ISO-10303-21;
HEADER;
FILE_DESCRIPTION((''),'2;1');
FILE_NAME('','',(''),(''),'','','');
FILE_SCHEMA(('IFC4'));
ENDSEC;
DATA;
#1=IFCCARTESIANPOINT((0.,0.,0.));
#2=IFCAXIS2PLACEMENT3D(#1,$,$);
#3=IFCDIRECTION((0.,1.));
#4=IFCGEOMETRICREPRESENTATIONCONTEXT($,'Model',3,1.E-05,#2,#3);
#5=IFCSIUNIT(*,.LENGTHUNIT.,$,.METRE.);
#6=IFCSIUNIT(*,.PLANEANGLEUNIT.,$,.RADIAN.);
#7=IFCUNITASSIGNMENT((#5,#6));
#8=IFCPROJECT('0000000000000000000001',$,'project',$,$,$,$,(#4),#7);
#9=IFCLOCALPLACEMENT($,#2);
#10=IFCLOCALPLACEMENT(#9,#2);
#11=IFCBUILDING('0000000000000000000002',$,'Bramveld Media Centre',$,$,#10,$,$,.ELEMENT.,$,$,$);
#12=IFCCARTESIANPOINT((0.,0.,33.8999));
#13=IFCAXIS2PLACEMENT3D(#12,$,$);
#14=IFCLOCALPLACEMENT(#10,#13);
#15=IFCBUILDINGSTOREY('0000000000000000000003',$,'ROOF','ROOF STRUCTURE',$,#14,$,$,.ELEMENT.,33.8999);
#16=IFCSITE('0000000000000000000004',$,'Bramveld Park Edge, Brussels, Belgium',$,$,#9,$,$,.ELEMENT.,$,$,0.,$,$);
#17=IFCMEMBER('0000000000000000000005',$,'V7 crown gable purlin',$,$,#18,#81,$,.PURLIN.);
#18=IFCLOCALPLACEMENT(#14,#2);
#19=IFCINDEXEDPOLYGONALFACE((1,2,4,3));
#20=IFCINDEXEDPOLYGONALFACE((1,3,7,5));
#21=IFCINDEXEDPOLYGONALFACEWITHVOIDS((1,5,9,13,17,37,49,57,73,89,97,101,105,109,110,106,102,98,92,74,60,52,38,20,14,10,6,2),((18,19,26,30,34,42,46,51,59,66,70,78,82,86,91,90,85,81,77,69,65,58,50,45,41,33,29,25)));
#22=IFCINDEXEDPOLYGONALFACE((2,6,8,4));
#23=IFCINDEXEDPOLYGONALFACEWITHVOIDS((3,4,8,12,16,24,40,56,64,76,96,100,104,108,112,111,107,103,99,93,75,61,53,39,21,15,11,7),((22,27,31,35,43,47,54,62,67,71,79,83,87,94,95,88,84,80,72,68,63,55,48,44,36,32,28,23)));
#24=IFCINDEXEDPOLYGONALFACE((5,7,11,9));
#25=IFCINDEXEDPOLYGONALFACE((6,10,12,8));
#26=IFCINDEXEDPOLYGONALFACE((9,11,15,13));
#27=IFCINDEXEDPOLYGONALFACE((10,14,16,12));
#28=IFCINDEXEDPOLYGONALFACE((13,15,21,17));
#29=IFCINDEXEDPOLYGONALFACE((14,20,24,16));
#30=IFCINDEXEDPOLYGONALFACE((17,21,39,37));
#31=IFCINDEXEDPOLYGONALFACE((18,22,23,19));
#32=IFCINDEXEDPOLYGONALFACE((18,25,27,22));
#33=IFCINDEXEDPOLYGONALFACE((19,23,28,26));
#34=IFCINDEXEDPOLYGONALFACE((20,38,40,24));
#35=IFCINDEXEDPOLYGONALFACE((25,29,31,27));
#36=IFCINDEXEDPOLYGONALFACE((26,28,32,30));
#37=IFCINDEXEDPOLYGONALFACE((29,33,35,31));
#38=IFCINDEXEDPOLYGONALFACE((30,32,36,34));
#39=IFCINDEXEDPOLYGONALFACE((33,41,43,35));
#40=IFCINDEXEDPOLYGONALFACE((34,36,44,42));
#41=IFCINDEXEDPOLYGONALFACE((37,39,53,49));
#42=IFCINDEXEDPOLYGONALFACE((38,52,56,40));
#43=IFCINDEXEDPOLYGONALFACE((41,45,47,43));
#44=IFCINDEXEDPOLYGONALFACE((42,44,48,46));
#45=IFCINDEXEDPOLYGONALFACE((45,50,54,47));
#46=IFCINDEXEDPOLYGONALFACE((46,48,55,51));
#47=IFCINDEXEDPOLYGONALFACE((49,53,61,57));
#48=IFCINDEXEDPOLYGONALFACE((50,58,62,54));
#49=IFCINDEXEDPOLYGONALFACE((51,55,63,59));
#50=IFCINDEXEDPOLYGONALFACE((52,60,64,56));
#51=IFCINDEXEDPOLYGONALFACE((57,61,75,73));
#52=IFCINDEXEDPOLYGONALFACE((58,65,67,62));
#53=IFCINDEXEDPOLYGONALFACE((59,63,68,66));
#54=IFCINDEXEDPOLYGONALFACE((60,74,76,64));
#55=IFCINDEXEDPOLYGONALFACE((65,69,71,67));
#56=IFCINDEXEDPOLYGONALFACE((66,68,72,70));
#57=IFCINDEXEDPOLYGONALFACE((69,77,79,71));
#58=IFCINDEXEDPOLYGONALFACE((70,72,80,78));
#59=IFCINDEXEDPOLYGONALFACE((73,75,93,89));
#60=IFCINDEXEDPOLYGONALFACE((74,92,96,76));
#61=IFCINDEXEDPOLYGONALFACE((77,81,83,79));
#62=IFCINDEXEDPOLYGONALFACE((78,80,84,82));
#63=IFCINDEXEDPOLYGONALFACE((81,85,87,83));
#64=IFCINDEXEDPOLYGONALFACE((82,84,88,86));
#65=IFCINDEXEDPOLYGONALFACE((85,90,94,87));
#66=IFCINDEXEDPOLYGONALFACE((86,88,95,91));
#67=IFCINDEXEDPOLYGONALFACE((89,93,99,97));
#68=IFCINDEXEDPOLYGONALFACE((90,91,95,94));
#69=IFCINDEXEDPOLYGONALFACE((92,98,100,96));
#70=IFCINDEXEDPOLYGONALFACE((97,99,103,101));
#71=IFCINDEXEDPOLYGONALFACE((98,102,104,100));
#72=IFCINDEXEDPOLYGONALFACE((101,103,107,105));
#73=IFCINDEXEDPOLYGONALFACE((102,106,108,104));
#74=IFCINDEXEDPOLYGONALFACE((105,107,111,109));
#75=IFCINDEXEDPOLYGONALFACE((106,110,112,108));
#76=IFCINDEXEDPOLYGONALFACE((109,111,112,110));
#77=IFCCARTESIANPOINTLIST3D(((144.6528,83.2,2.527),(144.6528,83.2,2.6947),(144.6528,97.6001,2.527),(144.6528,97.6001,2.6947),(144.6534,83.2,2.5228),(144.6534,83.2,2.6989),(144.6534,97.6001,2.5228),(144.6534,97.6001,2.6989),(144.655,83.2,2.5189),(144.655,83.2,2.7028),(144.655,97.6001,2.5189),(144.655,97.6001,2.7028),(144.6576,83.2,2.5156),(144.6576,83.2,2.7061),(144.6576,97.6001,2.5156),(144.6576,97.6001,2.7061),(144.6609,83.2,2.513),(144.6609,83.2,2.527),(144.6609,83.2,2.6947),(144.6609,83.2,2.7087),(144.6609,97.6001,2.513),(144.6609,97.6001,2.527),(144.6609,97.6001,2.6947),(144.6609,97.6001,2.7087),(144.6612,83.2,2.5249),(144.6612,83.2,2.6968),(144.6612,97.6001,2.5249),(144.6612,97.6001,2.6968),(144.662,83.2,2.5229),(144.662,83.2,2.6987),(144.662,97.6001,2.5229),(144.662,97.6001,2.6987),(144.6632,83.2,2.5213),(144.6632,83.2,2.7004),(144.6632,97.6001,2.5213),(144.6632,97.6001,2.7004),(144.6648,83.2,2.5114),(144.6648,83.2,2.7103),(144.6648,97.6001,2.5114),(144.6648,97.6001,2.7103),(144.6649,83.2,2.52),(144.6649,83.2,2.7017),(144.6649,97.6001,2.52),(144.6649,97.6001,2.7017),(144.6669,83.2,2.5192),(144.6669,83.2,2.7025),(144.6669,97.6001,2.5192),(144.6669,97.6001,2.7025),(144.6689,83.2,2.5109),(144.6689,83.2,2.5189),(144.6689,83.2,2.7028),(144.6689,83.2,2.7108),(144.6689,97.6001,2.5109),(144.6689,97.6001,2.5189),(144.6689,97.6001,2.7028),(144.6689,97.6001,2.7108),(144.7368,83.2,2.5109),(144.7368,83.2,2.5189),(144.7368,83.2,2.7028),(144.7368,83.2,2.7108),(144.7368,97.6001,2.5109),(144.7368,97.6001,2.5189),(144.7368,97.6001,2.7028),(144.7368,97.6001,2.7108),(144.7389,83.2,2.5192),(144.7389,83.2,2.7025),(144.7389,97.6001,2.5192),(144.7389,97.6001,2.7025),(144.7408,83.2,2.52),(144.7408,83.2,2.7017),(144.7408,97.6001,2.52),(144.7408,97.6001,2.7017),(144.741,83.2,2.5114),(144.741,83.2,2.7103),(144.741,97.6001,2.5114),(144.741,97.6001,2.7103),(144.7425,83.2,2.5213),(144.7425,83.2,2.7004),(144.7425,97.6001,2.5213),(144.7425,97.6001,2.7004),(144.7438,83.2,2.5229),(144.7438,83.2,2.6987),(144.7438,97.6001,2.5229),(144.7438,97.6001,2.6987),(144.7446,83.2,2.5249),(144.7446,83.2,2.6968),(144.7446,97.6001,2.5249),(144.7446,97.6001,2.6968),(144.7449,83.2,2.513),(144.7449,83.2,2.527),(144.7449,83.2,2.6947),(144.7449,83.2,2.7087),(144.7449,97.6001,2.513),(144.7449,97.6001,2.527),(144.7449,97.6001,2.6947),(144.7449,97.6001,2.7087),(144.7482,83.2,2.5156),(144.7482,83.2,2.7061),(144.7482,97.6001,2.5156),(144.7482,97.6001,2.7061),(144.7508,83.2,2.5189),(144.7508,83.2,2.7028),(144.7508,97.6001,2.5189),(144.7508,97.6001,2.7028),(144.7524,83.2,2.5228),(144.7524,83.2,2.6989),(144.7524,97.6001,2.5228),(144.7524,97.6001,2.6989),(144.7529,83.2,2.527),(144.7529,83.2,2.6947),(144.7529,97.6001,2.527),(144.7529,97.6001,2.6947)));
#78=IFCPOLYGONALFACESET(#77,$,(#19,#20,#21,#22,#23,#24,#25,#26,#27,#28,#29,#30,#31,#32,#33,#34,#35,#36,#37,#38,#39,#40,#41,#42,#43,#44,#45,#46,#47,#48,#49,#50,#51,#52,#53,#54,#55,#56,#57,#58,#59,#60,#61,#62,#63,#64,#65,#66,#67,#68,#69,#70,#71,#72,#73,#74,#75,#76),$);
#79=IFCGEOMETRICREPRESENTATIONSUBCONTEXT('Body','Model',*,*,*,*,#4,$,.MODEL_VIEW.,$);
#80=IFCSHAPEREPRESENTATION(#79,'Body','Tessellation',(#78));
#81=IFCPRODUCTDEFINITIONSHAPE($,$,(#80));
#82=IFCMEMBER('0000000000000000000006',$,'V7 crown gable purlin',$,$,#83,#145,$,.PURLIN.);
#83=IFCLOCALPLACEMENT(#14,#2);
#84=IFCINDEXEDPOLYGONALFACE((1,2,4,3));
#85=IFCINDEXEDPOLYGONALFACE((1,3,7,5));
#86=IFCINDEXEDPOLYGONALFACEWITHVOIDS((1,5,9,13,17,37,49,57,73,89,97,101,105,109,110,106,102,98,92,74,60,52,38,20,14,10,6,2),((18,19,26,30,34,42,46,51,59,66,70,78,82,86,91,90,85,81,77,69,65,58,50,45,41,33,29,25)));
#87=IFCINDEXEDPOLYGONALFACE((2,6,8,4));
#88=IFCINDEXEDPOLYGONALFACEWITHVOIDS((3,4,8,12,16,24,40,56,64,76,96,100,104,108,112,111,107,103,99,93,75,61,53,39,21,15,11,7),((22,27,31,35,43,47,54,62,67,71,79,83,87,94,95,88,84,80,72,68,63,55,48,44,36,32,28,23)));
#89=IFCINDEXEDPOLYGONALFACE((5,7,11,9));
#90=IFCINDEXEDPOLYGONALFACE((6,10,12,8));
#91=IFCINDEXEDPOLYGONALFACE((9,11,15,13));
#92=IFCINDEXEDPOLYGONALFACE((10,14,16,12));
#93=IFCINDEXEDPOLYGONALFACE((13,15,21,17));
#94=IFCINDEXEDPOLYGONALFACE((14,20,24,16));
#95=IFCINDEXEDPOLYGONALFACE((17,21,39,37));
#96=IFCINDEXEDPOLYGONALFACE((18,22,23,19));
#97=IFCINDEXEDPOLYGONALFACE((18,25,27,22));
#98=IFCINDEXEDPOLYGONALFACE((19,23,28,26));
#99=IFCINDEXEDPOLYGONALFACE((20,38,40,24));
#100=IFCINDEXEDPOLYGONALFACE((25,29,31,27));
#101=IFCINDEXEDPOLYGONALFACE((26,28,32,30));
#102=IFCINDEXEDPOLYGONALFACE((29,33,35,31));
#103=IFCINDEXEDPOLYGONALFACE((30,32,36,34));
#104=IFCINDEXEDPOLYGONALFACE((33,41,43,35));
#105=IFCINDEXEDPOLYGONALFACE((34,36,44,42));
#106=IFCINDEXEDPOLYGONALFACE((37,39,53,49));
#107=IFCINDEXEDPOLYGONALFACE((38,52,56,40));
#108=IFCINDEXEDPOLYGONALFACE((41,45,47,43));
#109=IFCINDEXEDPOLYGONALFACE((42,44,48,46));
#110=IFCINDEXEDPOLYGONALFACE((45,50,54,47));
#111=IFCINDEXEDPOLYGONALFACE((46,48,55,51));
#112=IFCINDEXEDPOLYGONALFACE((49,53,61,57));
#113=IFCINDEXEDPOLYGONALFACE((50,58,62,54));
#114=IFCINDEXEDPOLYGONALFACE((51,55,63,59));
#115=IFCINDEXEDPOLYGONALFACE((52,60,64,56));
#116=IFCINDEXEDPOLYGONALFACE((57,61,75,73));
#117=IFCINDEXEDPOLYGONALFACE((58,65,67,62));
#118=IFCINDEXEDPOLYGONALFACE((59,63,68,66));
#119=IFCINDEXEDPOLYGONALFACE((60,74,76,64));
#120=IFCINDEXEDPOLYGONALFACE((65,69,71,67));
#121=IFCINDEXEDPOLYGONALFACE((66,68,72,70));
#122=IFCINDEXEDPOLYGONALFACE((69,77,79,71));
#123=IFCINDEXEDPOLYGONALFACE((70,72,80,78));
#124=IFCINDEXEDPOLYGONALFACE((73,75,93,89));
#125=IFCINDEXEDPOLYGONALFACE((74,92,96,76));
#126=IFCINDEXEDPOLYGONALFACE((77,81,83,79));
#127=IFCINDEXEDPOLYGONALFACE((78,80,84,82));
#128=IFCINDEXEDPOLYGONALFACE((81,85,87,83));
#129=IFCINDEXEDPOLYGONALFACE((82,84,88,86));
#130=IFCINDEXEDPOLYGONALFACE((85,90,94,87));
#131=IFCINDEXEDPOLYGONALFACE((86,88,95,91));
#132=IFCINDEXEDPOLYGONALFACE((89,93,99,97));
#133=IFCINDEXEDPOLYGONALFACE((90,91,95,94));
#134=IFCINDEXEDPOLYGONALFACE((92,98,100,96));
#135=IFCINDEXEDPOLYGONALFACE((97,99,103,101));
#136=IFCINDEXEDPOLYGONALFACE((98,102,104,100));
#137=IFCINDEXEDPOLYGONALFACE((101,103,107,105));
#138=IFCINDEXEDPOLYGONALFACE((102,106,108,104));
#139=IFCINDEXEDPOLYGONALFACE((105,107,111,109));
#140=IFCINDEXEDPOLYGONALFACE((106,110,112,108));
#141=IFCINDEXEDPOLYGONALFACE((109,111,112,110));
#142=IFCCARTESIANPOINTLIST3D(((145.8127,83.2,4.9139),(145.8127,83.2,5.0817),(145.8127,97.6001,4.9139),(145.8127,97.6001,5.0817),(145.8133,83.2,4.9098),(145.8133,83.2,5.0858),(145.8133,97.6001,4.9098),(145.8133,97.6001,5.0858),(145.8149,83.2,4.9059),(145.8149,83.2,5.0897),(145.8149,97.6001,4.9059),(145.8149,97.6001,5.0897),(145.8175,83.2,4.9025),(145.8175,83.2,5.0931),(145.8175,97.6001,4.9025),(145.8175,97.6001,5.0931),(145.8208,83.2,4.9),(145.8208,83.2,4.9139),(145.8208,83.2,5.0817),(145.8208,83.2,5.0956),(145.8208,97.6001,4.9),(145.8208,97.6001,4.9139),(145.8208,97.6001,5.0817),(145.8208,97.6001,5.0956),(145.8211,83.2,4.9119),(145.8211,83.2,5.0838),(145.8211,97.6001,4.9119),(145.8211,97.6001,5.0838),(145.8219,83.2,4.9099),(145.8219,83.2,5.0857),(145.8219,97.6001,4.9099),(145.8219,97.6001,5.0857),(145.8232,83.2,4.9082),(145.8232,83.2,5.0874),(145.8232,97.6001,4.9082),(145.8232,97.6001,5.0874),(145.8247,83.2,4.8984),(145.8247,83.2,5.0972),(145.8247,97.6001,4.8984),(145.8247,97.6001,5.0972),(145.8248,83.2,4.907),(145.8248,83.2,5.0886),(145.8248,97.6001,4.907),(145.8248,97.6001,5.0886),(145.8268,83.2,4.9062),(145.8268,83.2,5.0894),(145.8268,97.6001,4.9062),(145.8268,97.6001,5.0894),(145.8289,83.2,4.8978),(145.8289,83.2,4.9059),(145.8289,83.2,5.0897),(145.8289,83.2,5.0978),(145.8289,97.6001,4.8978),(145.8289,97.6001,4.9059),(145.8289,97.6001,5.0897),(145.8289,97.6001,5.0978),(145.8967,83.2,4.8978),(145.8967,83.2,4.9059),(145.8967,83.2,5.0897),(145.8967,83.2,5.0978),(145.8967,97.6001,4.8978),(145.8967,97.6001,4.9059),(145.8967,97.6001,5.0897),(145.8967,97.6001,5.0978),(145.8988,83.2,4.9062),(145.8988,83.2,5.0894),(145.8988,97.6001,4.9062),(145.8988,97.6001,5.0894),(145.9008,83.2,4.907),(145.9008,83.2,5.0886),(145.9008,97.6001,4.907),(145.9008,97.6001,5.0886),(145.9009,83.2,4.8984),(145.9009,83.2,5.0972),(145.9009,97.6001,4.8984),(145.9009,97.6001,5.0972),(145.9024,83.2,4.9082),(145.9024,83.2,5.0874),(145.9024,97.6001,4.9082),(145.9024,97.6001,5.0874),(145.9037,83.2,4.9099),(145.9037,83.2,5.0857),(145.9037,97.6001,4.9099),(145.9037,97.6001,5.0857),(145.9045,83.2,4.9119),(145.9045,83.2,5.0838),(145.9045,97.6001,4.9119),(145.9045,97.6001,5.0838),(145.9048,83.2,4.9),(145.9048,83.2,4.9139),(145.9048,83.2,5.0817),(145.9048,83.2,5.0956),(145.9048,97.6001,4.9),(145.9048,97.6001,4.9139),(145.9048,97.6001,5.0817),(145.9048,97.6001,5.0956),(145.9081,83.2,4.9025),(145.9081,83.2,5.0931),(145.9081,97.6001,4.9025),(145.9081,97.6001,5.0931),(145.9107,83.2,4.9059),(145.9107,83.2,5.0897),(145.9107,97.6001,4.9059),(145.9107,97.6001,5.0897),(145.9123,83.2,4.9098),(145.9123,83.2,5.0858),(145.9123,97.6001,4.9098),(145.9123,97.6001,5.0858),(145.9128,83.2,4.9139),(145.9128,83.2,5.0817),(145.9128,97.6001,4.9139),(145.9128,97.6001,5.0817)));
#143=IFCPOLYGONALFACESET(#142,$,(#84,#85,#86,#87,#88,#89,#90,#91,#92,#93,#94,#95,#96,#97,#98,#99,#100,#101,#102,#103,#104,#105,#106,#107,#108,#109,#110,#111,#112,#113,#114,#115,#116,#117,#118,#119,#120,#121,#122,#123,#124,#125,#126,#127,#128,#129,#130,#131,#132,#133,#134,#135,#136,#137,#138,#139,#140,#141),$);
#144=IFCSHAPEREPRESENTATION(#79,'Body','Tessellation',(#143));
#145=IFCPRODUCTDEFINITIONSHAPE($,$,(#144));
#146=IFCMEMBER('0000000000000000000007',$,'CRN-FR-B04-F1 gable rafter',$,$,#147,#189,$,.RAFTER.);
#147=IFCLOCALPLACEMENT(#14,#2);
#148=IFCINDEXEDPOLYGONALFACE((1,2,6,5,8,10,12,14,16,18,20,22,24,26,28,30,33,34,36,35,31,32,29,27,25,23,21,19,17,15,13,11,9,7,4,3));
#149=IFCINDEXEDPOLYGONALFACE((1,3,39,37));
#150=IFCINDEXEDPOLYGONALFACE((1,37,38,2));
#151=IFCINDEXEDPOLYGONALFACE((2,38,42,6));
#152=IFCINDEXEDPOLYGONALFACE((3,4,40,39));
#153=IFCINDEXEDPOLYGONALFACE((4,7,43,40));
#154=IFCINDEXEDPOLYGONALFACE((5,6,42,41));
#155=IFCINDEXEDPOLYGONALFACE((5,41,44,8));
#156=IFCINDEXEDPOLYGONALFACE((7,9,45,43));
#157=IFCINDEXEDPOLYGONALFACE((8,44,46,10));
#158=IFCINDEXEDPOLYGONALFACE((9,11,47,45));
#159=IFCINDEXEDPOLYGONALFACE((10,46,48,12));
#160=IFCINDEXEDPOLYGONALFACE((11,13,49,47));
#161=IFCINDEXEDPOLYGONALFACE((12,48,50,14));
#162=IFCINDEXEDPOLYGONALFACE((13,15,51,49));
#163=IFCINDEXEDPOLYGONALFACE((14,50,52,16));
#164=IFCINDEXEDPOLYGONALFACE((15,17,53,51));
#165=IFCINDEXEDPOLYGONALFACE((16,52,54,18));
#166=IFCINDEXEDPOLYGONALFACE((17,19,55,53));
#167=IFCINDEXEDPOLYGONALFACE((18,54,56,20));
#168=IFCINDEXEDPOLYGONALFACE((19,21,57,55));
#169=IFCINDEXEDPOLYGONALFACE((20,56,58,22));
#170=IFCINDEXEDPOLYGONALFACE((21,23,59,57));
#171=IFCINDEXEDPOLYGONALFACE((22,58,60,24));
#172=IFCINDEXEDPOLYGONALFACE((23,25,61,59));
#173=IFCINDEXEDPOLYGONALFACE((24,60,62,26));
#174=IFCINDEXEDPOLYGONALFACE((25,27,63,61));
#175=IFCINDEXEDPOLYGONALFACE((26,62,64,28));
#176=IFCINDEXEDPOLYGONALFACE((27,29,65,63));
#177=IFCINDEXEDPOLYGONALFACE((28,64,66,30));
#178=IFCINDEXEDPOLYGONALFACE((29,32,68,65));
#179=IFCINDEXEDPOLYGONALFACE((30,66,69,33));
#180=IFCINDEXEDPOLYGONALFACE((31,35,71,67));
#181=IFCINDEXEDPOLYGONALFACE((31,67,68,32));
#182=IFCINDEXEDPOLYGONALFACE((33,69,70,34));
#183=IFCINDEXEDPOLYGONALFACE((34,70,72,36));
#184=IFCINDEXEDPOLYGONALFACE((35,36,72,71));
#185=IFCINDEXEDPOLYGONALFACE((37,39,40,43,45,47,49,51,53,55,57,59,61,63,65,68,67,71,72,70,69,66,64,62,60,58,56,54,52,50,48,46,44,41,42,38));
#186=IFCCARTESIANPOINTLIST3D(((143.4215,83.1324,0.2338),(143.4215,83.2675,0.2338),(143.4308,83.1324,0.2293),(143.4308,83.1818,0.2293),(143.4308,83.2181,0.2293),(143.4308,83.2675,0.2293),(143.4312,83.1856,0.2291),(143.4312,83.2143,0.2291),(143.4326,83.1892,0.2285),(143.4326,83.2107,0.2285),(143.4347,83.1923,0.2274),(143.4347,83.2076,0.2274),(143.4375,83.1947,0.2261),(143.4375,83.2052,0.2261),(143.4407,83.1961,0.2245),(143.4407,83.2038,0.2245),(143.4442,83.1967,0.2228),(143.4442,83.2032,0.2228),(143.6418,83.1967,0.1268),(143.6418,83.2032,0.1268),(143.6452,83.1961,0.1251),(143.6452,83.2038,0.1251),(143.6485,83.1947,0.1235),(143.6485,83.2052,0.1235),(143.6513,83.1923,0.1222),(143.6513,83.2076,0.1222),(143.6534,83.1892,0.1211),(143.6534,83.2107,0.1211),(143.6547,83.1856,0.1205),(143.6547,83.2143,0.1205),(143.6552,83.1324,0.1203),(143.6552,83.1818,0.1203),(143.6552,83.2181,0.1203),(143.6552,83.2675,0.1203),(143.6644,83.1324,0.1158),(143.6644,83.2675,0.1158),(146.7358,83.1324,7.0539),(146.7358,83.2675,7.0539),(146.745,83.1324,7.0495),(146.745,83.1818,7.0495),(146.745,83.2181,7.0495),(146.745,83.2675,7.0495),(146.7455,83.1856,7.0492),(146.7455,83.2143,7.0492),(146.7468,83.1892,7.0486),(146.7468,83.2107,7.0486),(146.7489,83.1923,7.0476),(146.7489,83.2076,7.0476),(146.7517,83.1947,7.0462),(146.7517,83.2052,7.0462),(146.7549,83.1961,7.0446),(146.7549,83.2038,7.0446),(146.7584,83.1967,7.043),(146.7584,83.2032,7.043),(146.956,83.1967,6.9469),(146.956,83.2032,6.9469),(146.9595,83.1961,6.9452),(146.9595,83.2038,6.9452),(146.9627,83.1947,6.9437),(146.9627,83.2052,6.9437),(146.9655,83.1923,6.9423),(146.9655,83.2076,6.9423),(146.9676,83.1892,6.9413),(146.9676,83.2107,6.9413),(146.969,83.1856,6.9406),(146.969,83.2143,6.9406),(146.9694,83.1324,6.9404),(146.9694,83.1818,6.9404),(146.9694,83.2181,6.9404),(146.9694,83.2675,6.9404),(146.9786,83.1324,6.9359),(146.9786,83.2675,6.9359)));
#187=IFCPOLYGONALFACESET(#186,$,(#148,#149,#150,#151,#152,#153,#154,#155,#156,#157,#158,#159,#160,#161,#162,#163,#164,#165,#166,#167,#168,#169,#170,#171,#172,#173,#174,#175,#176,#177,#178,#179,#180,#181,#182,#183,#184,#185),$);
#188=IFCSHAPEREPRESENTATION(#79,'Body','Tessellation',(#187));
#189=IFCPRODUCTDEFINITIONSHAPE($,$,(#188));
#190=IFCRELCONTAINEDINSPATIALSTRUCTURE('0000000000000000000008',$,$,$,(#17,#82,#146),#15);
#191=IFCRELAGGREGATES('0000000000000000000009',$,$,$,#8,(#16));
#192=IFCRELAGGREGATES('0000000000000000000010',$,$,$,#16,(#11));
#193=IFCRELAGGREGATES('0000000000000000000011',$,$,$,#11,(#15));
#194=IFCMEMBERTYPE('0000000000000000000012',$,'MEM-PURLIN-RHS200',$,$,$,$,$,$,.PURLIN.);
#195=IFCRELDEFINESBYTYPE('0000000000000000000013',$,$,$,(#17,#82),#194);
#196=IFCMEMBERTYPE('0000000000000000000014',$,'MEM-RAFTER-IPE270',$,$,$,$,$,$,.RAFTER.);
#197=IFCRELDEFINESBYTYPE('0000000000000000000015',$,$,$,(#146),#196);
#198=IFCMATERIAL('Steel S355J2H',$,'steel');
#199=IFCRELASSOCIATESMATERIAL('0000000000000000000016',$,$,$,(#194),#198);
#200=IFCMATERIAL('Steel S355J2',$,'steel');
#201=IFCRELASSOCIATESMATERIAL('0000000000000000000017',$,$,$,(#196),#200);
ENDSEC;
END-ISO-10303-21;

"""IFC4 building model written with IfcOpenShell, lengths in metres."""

from ifc_helpers import new_model, si_unit, direction, frame, origin, origin_2d, place, context, subcontext, project, spatial, hollow_rectangle, i_section, extrude, material, material_profile, profile_set, type_object, element, save


model = new_model("IFC4")

# Units and contexts
model_context = context("Model", 3, precision=1e-05, world=origin(), true_north=direction((0.0, 1.0)))
body_context = subcontext(model_context, "Body", "Model", "MODEL_VIEW")
ifc_project = project(units=[si_unit("LENGTHUNIT", "METRE"), si_unit("PLANEANGLEUNIT", "RADIAN")], contexts=[model_context])

# Site, building, storey
site_placement = place(None, origin())
site = spatial("IfcSite", under=ifc_project, at=site_placement, Name="Bramveld Park Edge, Brussels, Belgium", CompositionType="ELEMENT", RefElevation=0.0)
building_placement = place(site_placement, origin())
building = spatial("IfcBuilding", under=site, at=building_placement, Name="Bramveld Media Centre", CompositionType="ELEMENT")
storey_placement = place(building_placement, frame((0.0, 0.0, 33.8999)))
storey = spatial("IfcBuildingStorey", under=building, at=storey_placement, Name="ROOF", Description="ROOF STRUCTURE", CompositionType="ELEMENT", Elevation=33.8999)

# Members
ifc_material_1 = material(Name="Steel S355J2H", Category="steel")
ifc_material_profile_1 = material_profile(ifc_material_1, hollow_rectangle(XDim=0.1001, YDim=0.2, WallThickness=0.0081, InnerFilletRadius=0.0081, OuterFilletRadius=0.0161, at=origin_2d()), Name="RHS 200x100x8")
ifc_profile_set_1 = profile_set([ifc_material_profile_1], Name="Steel S355J2H")
member_type_1 = type_object("IfcMemberType", Name="MEM-PURLIN-RHS200", PredefinedType="PURLIN", material=ifc_profile_set_1)
for number, where, z_axis, x_axis, name in (
    (1, (144.7029, 83.2, 2.6108), (0.0, 1.0, 0.0), (-1.0, 0.0, 0.0), "V7 crown gable purlin"),
    (2, (145.8628, 83.2, 4.9978), (0.0, 1.0, 0.0), (-1.0, 0.0, 0.0), "V7 crown gable purlin"),
):
    element("IfcMember", number, at=place(storey_placement, frame(where, z_axis=z_axis, x_axis=x_axis)), inside=storey, type_object=member_type_1, Name=name, PredefinedType="PURLIN", context=body_context, shape_type="SweptSolid", body=[
        extrude(hollow_rectangle(XDim=0.1001, YDim=0.2, WallThickness=0.0081, InnerFilletRadius=0.0081, OuterFilletRadius=0.0161, at=origin_2d()), origin(), (0.0, 0.0, 1.0), 14.4001),
    ])
ifc_material_2 = material(Name="Steel S355J2", Category="steel")
ifc_material_profile_2 = material_profile(ifc_material_2, i_section(OverallWidth=0.135, OverallDepth=0.27, WebThickness=0.0066, FlangeThickness=0.0103, FilletRadius=0.0149, at=origin_2d()), Name="IPE 270")
ifc_profile_set_2 = profile_set([ifc_material_profile_2], Name="Steel S355J2")
member_type_2 = type_object("IfcMemberType", Name="MEM-RAFTER-IPE270", PredefinedType="RAFTER", material=ifc_profile_set_2)
member_1_placement = place(storey_placement, frame((143.543, 83.2, 0.1748), z_axis=(0.437075, 0.0, 0.899425), x_axis=(0.0, 1.0, 0.0)))
element("IfcMember", 3, at=member_1_placement, inside=storey, type_object=member_type_2, Name="CRN-FR-B04-F1 gable rafter", PredefinedType="RAFTER", context=body_context, shape_type="SweptSolid", body=[
    extrude(i_section(OverallWidth=0.135, OverallDepth=0.27, WebThickness=0.0066, FlangeThickness=0.0103, FilletRadius=0.0149, at=origin_2d()), origin(), (0.0, 0.0, 1.0), 7.5828),
])

save(model, "model.ifc")
